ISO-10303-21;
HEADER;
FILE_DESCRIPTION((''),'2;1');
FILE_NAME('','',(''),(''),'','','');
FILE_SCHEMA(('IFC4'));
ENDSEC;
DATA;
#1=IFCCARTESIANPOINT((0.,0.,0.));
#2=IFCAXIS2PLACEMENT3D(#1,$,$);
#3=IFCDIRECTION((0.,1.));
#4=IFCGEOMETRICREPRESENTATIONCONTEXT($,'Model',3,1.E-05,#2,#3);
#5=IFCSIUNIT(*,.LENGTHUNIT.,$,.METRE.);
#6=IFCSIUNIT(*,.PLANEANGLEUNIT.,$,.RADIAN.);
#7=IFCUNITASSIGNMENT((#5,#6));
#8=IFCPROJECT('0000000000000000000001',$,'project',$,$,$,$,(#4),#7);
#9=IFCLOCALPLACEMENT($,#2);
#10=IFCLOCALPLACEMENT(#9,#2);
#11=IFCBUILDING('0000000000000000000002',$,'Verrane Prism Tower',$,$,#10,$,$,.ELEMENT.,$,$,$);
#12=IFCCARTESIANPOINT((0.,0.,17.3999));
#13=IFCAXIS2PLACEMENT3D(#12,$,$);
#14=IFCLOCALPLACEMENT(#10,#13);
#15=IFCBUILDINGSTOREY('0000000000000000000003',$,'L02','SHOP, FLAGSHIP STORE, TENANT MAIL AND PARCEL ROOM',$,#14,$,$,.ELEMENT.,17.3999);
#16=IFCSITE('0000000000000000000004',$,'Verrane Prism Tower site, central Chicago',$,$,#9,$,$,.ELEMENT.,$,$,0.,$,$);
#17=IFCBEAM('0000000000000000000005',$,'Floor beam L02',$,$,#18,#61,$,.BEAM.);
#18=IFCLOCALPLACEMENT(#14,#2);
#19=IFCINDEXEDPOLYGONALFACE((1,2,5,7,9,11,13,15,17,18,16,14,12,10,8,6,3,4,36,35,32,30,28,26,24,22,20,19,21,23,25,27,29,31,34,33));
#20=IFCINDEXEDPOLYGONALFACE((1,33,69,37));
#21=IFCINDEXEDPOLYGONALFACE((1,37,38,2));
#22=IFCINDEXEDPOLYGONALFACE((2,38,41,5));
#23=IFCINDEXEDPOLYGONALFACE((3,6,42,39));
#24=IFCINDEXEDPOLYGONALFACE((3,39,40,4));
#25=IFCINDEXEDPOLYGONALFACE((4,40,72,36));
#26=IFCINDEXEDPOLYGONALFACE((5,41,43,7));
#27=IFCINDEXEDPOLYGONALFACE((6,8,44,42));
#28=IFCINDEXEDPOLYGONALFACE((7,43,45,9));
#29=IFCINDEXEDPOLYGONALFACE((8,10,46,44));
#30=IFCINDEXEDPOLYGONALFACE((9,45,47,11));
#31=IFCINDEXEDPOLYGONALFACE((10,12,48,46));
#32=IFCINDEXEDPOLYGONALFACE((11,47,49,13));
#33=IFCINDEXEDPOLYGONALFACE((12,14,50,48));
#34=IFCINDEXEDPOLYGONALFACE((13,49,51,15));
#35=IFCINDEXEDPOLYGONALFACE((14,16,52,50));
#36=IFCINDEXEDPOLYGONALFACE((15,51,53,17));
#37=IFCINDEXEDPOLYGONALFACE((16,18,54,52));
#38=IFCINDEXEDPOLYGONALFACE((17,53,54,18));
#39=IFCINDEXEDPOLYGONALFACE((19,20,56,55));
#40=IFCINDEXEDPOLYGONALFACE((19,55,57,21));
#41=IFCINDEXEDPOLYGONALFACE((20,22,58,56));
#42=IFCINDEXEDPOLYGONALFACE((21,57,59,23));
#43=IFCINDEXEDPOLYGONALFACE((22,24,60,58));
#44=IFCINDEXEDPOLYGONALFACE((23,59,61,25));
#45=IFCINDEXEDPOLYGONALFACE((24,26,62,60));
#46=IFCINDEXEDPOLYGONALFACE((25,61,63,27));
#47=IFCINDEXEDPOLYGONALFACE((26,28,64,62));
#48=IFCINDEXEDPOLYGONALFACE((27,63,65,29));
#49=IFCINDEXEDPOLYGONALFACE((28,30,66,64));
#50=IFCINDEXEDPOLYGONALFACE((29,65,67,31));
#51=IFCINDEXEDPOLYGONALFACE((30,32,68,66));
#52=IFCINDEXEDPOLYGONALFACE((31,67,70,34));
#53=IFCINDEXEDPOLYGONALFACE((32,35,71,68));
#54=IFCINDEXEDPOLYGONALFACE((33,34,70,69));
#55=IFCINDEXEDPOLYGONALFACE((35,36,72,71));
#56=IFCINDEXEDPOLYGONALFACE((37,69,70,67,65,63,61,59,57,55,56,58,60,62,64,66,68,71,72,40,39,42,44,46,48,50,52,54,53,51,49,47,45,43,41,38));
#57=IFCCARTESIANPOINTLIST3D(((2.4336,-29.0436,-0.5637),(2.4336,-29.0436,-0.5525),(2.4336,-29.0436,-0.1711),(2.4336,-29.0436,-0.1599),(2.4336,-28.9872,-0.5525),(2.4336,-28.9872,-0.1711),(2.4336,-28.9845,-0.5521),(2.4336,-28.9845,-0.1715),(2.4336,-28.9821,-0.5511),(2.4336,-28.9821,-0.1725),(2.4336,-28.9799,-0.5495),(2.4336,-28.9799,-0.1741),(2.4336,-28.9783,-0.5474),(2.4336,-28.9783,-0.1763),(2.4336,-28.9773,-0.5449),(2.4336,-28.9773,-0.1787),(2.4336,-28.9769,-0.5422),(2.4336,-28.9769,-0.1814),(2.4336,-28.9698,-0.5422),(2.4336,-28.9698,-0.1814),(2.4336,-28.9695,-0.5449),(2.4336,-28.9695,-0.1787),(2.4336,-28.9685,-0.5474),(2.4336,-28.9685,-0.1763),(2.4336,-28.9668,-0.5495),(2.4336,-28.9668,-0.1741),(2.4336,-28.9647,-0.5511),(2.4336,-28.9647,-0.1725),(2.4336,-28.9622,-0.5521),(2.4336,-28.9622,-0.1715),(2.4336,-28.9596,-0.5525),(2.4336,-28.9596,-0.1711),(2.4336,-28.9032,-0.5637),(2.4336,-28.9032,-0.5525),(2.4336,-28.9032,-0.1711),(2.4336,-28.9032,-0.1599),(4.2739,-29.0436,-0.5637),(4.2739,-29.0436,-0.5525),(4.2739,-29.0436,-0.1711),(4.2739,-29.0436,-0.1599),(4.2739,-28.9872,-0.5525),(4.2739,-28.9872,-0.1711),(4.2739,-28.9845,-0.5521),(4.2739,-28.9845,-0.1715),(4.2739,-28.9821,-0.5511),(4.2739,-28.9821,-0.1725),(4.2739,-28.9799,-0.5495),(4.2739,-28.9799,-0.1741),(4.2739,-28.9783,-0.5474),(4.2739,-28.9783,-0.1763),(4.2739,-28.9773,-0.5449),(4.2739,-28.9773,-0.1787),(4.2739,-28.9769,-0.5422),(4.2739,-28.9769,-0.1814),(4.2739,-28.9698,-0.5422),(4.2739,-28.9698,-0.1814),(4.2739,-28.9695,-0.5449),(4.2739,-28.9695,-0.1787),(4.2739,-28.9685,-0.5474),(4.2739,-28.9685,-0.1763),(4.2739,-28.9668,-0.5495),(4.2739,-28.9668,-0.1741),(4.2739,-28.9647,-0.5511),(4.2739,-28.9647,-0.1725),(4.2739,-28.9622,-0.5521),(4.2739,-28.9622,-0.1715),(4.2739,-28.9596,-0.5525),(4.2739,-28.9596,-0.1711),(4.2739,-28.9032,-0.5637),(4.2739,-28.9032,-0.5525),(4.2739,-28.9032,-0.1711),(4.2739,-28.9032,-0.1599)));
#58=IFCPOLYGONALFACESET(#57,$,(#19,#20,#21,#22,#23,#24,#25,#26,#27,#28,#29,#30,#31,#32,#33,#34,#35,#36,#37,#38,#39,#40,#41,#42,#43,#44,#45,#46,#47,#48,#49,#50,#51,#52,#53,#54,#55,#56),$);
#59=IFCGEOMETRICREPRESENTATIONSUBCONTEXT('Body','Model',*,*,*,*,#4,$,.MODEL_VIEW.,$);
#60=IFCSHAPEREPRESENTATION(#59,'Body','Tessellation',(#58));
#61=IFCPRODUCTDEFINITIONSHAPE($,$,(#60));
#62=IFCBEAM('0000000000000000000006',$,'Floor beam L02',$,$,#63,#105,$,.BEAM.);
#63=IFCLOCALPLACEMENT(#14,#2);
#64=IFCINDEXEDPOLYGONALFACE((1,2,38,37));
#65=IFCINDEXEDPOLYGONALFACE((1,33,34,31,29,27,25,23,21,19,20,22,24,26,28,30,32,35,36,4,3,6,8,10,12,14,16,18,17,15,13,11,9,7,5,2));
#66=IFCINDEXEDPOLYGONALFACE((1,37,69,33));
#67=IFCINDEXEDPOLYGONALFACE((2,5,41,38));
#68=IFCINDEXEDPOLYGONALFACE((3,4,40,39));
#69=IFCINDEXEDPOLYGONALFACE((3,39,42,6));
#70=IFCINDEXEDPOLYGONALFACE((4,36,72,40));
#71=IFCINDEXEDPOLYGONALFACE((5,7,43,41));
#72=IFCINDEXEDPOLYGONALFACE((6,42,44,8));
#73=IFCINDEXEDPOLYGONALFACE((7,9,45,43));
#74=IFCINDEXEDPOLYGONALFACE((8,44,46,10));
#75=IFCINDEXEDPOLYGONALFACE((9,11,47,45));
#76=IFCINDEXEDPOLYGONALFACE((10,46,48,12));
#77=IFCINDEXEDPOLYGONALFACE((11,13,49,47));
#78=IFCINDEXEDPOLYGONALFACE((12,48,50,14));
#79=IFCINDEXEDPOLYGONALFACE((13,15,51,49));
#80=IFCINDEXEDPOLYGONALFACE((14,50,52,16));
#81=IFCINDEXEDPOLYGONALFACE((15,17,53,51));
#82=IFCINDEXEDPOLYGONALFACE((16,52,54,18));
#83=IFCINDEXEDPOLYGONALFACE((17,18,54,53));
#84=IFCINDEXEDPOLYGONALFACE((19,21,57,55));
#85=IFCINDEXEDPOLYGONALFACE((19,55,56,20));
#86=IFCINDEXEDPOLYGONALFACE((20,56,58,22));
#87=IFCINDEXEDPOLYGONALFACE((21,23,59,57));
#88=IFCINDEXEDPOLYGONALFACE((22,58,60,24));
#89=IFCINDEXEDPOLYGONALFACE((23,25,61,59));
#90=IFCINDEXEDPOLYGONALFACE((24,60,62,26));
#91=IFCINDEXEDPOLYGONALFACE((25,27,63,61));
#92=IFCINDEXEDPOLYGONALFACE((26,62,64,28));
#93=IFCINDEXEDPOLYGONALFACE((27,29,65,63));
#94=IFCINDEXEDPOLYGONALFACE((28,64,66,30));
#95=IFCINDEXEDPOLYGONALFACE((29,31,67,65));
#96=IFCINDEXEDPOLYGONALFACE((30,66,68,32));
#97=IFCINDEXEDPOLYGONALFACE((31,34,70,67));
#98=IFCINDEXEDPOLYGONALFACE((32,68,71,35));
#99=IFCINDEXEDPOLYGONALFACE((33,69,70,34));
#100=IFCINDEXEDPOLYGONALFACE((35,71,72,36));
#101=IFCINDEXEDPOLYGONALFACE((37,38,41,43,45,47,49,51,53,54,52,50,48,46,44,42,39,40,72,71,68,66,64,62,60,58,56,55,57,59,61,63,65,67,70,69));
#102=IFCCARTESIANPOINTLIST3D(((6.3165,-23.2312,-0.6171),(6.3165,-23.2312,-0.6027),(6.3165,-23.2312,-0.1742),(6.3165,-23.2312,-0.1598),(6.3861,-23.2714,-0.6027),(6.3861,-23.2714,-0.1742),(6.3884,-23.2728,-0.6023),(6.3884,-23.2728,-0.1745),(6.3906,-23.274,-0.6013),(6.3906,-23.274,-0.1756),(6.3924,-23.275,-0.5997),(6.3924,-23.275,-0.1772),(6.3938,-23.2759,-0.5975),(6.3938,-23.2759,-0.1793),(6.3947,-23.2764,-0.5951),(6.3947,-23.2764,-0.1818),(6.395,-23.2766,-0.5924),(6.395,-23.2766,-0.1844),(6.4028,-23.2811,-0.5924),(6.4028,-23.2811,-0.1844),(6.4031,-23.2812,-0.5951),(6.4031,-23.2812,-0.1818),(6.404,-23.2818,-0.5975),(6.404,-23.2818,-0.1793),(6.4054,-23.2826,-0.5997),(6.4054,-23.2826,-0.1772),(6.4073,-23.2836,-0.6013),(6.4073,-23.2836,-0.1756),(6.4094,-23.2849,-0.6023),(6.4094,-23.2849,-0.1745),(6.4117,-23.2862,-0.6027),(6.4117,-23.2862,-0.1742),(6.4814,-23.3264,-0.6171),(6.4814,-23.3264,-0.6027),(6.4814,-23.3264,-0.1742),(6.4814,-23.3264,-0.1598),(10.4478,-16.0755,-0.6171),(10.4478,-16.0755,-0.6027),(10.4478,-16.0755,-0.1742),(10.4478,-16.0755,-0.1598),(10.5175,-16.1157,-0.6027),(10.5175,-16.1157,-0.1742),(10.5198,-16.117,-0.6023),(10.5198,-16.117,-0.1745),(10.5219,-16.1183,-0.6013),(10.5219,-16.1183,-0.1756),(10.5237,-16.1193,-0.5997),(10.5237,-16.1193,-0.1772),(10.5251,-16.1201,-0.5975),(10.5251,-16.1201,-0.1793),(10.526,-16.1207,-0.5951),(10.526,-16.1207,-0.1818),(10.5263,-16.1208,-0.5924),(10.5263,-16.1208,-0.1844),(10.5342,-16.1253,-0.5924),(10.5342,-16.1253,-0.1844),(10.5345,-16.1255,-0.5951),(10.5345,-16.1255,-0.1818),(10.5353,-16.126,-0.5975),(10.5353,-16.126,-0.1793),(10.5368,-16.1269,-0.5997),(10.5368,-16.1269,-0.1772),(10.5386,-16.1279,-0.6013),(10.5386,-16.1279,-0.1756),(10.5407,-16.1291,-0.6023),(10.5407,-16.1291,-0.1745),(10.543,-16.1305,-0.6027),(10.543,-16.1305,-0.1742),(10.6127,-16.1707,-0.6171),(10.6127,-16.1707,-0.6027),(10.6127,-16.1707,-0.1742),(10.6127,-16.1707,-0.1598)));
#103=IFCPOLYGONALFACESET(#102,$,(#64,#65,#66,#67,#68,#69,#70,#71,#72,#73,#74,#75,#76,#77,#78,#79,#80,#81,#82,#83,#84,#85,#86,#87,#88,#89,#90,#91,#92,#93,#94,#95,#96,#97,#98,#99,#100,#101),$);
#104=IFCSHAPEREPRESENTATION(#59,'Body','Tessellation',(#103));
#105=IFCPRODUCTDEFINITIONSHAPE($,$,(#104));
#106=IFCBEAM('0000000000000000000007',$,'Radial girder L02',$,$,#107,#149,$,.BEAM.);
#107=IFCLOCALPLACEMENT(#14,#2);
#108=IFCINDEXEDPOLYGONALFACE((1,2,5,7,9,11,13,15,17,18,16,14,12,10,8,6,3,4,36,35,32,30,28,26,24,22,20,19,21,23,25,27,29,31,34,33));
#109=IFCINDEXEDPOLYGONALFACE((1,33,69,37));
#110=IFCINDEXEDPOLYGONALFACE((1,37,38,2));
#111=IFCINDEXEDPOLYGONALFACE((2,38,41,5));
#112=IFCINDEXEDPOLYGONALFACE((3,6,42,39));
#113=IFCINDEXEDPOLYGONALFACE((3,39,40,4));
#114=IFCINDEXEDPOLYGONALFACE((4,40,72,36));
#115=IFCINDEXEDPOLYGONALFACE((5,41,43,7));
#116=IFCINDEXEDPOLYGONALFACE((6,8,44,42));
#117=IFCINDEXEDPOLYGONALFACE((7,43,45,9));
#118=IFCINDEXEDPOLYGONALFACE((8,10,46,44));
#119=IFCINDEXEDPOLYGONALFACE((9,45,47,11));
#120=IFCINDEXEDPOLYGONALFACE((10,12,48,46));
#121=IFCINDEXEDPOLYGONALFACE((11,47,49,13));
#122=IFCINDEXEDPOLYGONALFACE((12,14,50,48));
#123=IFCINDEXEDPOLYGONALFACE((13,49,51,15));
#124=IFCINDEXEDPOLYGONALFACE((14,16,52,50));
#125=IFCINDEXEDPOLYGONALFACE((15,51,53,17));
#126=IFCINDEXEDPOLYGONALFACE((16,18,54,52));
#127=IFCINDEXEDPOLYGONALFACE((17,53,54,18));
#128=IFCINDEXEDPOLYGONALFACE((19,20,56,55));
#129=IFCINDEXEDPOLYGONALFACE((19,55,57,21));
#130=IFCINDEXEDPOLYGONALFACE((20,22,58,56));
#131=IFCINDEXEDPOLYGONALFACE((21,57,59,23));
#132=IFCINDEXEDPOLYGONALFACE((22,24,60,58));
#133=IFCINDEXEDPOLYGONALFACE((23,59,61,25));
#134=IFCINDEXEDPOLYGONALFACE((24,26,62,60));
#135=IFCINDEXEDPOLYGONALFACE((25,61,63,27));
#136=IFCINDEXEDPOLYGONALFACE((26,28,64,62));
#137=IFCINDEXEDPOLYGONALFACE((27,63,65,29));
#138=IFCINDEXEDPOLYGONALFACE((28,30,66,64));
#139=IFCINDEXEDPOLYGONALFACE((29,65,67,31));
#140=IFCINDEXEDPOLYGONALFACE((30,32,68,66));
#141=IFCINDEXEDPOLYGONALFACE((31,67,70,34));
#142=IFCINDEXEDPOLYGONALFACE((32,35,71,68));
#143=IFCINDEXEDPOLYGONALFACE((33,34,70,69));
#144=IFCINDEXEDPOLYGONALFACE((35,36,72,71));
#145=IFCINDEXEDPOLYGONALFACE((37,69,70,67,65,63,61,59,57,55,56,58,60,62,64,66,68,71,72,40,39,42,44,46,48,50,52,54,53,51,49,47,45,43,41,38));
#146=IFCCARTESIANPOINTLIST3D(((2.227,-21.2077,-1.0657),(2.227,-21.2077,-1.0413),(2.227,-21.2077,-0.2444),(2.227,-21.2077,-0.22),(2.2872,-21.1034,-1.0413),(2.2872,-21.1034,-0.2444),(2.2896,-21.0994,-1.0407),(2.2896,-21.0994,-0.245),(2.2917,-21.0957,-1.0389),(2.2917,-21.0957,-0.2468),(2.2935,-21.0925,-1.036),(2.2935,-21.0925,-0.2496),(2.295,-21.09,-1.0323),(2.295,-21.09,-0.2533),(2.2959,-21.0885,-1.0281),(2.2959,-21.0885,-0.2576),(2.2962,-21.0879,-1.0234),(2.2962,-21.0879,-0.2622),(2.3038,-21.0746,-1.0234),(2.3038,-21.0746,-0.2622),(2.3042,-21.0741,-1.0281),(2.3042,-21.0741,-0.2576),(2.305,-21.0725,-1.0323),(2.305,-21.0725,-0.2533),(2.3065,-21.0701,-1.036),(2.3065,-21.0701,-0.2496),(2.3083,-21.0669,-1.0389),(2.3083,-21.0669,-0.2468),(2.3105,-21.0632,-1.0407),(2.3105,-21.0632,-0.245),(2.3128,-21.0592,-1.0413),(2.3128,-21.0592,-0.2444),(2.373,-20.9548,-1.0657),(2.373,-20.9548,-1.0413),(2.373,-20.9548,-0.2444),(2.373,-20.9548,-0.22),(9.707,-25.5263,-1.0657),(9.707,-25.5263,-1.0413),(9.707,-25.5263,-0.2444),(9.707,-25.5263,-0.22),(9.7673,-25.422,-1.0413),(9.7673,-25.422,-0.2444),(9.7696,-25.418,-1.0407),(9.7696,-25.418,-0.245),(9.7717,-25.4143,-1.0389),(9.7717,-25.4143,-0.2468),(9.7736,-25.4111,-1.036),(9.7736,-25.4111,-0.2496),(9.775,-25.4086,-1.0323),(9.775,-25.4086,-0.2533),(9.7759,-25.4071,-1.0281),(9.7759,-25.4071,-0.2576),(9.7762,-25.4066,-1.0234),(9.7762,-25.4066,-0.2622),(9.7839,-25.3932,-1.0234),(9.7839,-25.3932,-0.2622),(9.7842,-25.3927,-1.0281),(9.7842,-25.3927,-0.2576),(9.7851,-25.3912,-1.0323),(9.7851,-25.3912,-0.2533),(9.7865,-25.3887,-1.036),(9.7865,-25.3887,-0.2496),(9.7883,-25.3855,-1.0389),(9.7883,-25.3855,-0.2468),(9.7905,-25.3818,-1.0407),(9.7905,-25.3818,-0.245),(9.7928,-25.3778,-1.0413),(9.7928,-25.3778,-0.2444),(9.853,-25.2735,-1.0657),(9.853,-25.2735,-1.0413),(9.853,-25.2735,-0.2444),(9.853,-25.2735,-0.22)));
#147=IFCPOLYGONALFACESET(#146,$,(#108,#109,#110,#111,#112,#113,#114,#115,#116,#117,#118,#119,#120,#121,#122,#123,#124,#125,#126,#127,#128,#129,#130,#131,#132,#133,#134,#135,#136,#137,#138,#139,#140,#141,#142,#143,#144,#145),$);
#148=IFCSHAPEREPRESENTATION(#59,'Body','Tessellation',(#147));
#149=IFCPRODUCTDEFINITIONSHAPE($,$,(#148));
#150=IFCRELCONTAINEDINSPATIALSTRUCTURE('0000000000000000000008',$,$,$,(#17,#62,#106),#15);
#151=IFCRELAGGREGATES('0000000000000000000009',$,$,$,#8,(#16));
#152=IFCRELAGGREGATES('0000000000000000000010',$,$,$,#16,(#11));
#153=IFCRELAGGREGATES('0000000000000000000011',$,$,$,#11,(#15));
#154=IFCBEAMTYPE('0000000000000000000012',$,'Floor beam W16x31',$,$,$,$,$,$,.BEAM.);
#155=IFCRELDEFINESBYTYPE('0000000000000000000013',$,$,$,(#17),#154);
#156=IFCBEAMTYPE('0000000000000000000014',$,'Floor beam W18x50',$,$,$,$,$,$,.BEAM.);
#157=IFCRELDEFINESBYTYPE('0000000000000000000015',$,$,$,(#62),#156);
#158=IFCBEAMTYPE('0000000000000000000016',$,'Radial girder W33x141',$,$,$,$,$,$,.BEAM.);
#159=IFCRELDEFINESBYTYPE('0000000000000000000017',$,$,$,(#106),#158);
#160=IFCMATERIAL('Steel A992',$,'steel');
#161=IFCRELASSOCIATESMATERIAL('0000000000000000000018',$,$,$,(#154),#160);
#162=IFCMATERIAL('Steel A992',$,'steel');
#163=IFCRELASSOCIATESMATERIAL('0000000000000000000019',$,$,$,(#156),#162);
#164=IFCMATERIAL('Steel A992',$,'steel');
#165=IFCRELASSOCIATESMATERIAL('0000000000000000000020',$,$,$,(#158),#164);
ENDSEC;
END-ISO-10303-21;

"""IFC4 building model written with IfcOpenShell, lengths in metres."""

from ifc_helpers import new_model, si_unit, direction, frame, origin, origin_2d, place, context, subcontext, project, spatial, i_section, extrude, material, material_profile, profile_set, type_object, element, save


model = new_model("IFC4")

# Units and contexts
model_context = context("Model", 3, precision=1e-05, world=origin(), true_north=direction((0.0, 1.0)))
body_context = subcontext(model_context, "Body", "Model", "MODEL_VIEW")
ifc_project = project(units=[si_unit("LENGTHUNIT", "METRE"), si_unit("PLANEANGLEUNIT", "RADIAN")], contexts=[model_context])

# Site, building, storey
site_placement = place(None, origin())
site = spatial("IfcSite", under=ifc_project, at=site_placement, Name="Verrane Prism Tower site, central Chicago", CompositionType="ELEMENT", RefElevation=0.0)
building_placement = place(site_placement, origin())
building = spatial("IfcBuilding", under=site, at=building_placement, Name="Verrane Prism Tower", CompositionType="ELEMENT")
storey_placement = place(building_placement, frame((0.0, 0.0, 17.3999)))
storey = spatial("IfcBuildingStorey", under=building, at=storey_placement, Name="L02", Description="SHOP, FLAGSHIP STORE, TENANT MAIL AND PARCEL ROOM", CompositionType="ELEMENT", Elevation=17.3999)

# Beams
ifc_material_1 = material(Name="Steel A992", Category="steel")
ifc_material_profile_1 = material_profile(ifc_material_1, i_section(OverallWidth=0.1404, OverallDepth=0.4038, WebThickness=0.0071, FlangeThickness=0.0112, FilletRadius=0.0103, at=origin_2d()), Name="W16x31")
ifc_profile_set_1 = profile_set([ifc_material_profile_1], Name="Steel A992")
beam_type_1 = type_object("IfcBeamType", Name="Floor beam W16x31", PredefinedType="BEAM", material=ifc_profile_set_1)
beam_1_placement = place(storey_placement, frame((2.4336, -28.9734, -0.3618), z_axis=(1.0, 0.0, 0.0), x_axis=(0.0, 1.0, 0.0)))
element("IfcBeam", 1, at=beam_1_placement, inside=storey, type_object=beam_type_1, Name="Floor beam L02", PredefinedType="BEAM", context=body_context, shape_type="SweptSolid", body=[
    extrude(i_section(OverallWidth=0.1404, OverallDepth=0.4038, WebThickness=0.0071, FlangeThickness=0.0112, FilletRadius=0.0103, at=origin_2d()), origin(), (0.0, 0.0, 1.0), 1.8403),
])
ifc_material_2 = material(Name="Steel A992", Category="steel")
ifc_material_profile_2 = material_profile(ifc_material_2, i_section(OverallWidth=0.1904, OverallDepth=0.4573, WebThickness=0.009, FlangeThickness=0.0144, FilletRadius=0.0103, at=origin_2d()), Name="W18x50")
ifc_profile_set_2 = profile_set([ifc_material_profile_2], Name="Steel A992")
beam_type_2 = type_object("IfcBeamType", Name="Floor beam W18x50", PredefinedType="BEAM", material=ifc_profile_set_2)
beam_2_placement = place(storey_placement, frame((6.3989, -23.2788, -0.3884), z_axis=(0.499997, 0.866027, 0.0), x_axis=(-0.866027, 0.499997, 0.0)))
element("IfcBeam", 2, at=beam_2_placement, inside=storey, type_object=beam_type_2, Name="Floor beam L02", PredefinedType="BEAM", context=body_context, shape_type="SweptSolid", body=[
    extrude(i_section(OverallWidth=0.1904, OverallDepth=0.4573, WebThickness=0.009, FlangeThickness=0.0144, FilletRadius=0.0103, at=origin_2d()), origin(), (0.0, 0.0, 1.0), 8.2627),
])
ifc_material_3 = material(Name="Steel A992", Category="steel")
ifc_material_profile_3 = material_profile(ifc_material_3, i_section(OverallWidth=0.292, OverallDepth=0.8457, WebThickness=0.0154, FlangeThickness=0.0244, FilletRadius=0.0178, at=origin_2d()), Name="W33x141")
ifc_profile_set_3 = profile_set([ifc_material_profile_3], Name="Steel A992")
beam_type_3 = type_object("IfcBeamType", Name="Radial girder W33x141", PredefinedType="BEAM", material=ifc_profile_set_3)
beam_3_placement = place(storey_placement, frame((9.78, -25.3999, -0.6428), z_axis=(-0.866024, 0.500003, 0.0), x_axis=(-0.500003, -0.866024, 0.0)))
element("IfcBeam", 3, at=beam_3_placement, inside=storey, type_object=beam_type_3, Name="Radial girder L02", PredefinedType="BEAM", context=body_context, shape_type="SweptSolid", body=[
    extrude(i_section(OverallWidth=0.292, OverallDepth=0.8457, WebThickness=0.0154, FlangeThickness=0.0244, FilletRadius=0.0178, at=origin_2d()), origin(), (0.0, 0.0, 1.0), 8.6372),
])

save(model, "model.ifc")
